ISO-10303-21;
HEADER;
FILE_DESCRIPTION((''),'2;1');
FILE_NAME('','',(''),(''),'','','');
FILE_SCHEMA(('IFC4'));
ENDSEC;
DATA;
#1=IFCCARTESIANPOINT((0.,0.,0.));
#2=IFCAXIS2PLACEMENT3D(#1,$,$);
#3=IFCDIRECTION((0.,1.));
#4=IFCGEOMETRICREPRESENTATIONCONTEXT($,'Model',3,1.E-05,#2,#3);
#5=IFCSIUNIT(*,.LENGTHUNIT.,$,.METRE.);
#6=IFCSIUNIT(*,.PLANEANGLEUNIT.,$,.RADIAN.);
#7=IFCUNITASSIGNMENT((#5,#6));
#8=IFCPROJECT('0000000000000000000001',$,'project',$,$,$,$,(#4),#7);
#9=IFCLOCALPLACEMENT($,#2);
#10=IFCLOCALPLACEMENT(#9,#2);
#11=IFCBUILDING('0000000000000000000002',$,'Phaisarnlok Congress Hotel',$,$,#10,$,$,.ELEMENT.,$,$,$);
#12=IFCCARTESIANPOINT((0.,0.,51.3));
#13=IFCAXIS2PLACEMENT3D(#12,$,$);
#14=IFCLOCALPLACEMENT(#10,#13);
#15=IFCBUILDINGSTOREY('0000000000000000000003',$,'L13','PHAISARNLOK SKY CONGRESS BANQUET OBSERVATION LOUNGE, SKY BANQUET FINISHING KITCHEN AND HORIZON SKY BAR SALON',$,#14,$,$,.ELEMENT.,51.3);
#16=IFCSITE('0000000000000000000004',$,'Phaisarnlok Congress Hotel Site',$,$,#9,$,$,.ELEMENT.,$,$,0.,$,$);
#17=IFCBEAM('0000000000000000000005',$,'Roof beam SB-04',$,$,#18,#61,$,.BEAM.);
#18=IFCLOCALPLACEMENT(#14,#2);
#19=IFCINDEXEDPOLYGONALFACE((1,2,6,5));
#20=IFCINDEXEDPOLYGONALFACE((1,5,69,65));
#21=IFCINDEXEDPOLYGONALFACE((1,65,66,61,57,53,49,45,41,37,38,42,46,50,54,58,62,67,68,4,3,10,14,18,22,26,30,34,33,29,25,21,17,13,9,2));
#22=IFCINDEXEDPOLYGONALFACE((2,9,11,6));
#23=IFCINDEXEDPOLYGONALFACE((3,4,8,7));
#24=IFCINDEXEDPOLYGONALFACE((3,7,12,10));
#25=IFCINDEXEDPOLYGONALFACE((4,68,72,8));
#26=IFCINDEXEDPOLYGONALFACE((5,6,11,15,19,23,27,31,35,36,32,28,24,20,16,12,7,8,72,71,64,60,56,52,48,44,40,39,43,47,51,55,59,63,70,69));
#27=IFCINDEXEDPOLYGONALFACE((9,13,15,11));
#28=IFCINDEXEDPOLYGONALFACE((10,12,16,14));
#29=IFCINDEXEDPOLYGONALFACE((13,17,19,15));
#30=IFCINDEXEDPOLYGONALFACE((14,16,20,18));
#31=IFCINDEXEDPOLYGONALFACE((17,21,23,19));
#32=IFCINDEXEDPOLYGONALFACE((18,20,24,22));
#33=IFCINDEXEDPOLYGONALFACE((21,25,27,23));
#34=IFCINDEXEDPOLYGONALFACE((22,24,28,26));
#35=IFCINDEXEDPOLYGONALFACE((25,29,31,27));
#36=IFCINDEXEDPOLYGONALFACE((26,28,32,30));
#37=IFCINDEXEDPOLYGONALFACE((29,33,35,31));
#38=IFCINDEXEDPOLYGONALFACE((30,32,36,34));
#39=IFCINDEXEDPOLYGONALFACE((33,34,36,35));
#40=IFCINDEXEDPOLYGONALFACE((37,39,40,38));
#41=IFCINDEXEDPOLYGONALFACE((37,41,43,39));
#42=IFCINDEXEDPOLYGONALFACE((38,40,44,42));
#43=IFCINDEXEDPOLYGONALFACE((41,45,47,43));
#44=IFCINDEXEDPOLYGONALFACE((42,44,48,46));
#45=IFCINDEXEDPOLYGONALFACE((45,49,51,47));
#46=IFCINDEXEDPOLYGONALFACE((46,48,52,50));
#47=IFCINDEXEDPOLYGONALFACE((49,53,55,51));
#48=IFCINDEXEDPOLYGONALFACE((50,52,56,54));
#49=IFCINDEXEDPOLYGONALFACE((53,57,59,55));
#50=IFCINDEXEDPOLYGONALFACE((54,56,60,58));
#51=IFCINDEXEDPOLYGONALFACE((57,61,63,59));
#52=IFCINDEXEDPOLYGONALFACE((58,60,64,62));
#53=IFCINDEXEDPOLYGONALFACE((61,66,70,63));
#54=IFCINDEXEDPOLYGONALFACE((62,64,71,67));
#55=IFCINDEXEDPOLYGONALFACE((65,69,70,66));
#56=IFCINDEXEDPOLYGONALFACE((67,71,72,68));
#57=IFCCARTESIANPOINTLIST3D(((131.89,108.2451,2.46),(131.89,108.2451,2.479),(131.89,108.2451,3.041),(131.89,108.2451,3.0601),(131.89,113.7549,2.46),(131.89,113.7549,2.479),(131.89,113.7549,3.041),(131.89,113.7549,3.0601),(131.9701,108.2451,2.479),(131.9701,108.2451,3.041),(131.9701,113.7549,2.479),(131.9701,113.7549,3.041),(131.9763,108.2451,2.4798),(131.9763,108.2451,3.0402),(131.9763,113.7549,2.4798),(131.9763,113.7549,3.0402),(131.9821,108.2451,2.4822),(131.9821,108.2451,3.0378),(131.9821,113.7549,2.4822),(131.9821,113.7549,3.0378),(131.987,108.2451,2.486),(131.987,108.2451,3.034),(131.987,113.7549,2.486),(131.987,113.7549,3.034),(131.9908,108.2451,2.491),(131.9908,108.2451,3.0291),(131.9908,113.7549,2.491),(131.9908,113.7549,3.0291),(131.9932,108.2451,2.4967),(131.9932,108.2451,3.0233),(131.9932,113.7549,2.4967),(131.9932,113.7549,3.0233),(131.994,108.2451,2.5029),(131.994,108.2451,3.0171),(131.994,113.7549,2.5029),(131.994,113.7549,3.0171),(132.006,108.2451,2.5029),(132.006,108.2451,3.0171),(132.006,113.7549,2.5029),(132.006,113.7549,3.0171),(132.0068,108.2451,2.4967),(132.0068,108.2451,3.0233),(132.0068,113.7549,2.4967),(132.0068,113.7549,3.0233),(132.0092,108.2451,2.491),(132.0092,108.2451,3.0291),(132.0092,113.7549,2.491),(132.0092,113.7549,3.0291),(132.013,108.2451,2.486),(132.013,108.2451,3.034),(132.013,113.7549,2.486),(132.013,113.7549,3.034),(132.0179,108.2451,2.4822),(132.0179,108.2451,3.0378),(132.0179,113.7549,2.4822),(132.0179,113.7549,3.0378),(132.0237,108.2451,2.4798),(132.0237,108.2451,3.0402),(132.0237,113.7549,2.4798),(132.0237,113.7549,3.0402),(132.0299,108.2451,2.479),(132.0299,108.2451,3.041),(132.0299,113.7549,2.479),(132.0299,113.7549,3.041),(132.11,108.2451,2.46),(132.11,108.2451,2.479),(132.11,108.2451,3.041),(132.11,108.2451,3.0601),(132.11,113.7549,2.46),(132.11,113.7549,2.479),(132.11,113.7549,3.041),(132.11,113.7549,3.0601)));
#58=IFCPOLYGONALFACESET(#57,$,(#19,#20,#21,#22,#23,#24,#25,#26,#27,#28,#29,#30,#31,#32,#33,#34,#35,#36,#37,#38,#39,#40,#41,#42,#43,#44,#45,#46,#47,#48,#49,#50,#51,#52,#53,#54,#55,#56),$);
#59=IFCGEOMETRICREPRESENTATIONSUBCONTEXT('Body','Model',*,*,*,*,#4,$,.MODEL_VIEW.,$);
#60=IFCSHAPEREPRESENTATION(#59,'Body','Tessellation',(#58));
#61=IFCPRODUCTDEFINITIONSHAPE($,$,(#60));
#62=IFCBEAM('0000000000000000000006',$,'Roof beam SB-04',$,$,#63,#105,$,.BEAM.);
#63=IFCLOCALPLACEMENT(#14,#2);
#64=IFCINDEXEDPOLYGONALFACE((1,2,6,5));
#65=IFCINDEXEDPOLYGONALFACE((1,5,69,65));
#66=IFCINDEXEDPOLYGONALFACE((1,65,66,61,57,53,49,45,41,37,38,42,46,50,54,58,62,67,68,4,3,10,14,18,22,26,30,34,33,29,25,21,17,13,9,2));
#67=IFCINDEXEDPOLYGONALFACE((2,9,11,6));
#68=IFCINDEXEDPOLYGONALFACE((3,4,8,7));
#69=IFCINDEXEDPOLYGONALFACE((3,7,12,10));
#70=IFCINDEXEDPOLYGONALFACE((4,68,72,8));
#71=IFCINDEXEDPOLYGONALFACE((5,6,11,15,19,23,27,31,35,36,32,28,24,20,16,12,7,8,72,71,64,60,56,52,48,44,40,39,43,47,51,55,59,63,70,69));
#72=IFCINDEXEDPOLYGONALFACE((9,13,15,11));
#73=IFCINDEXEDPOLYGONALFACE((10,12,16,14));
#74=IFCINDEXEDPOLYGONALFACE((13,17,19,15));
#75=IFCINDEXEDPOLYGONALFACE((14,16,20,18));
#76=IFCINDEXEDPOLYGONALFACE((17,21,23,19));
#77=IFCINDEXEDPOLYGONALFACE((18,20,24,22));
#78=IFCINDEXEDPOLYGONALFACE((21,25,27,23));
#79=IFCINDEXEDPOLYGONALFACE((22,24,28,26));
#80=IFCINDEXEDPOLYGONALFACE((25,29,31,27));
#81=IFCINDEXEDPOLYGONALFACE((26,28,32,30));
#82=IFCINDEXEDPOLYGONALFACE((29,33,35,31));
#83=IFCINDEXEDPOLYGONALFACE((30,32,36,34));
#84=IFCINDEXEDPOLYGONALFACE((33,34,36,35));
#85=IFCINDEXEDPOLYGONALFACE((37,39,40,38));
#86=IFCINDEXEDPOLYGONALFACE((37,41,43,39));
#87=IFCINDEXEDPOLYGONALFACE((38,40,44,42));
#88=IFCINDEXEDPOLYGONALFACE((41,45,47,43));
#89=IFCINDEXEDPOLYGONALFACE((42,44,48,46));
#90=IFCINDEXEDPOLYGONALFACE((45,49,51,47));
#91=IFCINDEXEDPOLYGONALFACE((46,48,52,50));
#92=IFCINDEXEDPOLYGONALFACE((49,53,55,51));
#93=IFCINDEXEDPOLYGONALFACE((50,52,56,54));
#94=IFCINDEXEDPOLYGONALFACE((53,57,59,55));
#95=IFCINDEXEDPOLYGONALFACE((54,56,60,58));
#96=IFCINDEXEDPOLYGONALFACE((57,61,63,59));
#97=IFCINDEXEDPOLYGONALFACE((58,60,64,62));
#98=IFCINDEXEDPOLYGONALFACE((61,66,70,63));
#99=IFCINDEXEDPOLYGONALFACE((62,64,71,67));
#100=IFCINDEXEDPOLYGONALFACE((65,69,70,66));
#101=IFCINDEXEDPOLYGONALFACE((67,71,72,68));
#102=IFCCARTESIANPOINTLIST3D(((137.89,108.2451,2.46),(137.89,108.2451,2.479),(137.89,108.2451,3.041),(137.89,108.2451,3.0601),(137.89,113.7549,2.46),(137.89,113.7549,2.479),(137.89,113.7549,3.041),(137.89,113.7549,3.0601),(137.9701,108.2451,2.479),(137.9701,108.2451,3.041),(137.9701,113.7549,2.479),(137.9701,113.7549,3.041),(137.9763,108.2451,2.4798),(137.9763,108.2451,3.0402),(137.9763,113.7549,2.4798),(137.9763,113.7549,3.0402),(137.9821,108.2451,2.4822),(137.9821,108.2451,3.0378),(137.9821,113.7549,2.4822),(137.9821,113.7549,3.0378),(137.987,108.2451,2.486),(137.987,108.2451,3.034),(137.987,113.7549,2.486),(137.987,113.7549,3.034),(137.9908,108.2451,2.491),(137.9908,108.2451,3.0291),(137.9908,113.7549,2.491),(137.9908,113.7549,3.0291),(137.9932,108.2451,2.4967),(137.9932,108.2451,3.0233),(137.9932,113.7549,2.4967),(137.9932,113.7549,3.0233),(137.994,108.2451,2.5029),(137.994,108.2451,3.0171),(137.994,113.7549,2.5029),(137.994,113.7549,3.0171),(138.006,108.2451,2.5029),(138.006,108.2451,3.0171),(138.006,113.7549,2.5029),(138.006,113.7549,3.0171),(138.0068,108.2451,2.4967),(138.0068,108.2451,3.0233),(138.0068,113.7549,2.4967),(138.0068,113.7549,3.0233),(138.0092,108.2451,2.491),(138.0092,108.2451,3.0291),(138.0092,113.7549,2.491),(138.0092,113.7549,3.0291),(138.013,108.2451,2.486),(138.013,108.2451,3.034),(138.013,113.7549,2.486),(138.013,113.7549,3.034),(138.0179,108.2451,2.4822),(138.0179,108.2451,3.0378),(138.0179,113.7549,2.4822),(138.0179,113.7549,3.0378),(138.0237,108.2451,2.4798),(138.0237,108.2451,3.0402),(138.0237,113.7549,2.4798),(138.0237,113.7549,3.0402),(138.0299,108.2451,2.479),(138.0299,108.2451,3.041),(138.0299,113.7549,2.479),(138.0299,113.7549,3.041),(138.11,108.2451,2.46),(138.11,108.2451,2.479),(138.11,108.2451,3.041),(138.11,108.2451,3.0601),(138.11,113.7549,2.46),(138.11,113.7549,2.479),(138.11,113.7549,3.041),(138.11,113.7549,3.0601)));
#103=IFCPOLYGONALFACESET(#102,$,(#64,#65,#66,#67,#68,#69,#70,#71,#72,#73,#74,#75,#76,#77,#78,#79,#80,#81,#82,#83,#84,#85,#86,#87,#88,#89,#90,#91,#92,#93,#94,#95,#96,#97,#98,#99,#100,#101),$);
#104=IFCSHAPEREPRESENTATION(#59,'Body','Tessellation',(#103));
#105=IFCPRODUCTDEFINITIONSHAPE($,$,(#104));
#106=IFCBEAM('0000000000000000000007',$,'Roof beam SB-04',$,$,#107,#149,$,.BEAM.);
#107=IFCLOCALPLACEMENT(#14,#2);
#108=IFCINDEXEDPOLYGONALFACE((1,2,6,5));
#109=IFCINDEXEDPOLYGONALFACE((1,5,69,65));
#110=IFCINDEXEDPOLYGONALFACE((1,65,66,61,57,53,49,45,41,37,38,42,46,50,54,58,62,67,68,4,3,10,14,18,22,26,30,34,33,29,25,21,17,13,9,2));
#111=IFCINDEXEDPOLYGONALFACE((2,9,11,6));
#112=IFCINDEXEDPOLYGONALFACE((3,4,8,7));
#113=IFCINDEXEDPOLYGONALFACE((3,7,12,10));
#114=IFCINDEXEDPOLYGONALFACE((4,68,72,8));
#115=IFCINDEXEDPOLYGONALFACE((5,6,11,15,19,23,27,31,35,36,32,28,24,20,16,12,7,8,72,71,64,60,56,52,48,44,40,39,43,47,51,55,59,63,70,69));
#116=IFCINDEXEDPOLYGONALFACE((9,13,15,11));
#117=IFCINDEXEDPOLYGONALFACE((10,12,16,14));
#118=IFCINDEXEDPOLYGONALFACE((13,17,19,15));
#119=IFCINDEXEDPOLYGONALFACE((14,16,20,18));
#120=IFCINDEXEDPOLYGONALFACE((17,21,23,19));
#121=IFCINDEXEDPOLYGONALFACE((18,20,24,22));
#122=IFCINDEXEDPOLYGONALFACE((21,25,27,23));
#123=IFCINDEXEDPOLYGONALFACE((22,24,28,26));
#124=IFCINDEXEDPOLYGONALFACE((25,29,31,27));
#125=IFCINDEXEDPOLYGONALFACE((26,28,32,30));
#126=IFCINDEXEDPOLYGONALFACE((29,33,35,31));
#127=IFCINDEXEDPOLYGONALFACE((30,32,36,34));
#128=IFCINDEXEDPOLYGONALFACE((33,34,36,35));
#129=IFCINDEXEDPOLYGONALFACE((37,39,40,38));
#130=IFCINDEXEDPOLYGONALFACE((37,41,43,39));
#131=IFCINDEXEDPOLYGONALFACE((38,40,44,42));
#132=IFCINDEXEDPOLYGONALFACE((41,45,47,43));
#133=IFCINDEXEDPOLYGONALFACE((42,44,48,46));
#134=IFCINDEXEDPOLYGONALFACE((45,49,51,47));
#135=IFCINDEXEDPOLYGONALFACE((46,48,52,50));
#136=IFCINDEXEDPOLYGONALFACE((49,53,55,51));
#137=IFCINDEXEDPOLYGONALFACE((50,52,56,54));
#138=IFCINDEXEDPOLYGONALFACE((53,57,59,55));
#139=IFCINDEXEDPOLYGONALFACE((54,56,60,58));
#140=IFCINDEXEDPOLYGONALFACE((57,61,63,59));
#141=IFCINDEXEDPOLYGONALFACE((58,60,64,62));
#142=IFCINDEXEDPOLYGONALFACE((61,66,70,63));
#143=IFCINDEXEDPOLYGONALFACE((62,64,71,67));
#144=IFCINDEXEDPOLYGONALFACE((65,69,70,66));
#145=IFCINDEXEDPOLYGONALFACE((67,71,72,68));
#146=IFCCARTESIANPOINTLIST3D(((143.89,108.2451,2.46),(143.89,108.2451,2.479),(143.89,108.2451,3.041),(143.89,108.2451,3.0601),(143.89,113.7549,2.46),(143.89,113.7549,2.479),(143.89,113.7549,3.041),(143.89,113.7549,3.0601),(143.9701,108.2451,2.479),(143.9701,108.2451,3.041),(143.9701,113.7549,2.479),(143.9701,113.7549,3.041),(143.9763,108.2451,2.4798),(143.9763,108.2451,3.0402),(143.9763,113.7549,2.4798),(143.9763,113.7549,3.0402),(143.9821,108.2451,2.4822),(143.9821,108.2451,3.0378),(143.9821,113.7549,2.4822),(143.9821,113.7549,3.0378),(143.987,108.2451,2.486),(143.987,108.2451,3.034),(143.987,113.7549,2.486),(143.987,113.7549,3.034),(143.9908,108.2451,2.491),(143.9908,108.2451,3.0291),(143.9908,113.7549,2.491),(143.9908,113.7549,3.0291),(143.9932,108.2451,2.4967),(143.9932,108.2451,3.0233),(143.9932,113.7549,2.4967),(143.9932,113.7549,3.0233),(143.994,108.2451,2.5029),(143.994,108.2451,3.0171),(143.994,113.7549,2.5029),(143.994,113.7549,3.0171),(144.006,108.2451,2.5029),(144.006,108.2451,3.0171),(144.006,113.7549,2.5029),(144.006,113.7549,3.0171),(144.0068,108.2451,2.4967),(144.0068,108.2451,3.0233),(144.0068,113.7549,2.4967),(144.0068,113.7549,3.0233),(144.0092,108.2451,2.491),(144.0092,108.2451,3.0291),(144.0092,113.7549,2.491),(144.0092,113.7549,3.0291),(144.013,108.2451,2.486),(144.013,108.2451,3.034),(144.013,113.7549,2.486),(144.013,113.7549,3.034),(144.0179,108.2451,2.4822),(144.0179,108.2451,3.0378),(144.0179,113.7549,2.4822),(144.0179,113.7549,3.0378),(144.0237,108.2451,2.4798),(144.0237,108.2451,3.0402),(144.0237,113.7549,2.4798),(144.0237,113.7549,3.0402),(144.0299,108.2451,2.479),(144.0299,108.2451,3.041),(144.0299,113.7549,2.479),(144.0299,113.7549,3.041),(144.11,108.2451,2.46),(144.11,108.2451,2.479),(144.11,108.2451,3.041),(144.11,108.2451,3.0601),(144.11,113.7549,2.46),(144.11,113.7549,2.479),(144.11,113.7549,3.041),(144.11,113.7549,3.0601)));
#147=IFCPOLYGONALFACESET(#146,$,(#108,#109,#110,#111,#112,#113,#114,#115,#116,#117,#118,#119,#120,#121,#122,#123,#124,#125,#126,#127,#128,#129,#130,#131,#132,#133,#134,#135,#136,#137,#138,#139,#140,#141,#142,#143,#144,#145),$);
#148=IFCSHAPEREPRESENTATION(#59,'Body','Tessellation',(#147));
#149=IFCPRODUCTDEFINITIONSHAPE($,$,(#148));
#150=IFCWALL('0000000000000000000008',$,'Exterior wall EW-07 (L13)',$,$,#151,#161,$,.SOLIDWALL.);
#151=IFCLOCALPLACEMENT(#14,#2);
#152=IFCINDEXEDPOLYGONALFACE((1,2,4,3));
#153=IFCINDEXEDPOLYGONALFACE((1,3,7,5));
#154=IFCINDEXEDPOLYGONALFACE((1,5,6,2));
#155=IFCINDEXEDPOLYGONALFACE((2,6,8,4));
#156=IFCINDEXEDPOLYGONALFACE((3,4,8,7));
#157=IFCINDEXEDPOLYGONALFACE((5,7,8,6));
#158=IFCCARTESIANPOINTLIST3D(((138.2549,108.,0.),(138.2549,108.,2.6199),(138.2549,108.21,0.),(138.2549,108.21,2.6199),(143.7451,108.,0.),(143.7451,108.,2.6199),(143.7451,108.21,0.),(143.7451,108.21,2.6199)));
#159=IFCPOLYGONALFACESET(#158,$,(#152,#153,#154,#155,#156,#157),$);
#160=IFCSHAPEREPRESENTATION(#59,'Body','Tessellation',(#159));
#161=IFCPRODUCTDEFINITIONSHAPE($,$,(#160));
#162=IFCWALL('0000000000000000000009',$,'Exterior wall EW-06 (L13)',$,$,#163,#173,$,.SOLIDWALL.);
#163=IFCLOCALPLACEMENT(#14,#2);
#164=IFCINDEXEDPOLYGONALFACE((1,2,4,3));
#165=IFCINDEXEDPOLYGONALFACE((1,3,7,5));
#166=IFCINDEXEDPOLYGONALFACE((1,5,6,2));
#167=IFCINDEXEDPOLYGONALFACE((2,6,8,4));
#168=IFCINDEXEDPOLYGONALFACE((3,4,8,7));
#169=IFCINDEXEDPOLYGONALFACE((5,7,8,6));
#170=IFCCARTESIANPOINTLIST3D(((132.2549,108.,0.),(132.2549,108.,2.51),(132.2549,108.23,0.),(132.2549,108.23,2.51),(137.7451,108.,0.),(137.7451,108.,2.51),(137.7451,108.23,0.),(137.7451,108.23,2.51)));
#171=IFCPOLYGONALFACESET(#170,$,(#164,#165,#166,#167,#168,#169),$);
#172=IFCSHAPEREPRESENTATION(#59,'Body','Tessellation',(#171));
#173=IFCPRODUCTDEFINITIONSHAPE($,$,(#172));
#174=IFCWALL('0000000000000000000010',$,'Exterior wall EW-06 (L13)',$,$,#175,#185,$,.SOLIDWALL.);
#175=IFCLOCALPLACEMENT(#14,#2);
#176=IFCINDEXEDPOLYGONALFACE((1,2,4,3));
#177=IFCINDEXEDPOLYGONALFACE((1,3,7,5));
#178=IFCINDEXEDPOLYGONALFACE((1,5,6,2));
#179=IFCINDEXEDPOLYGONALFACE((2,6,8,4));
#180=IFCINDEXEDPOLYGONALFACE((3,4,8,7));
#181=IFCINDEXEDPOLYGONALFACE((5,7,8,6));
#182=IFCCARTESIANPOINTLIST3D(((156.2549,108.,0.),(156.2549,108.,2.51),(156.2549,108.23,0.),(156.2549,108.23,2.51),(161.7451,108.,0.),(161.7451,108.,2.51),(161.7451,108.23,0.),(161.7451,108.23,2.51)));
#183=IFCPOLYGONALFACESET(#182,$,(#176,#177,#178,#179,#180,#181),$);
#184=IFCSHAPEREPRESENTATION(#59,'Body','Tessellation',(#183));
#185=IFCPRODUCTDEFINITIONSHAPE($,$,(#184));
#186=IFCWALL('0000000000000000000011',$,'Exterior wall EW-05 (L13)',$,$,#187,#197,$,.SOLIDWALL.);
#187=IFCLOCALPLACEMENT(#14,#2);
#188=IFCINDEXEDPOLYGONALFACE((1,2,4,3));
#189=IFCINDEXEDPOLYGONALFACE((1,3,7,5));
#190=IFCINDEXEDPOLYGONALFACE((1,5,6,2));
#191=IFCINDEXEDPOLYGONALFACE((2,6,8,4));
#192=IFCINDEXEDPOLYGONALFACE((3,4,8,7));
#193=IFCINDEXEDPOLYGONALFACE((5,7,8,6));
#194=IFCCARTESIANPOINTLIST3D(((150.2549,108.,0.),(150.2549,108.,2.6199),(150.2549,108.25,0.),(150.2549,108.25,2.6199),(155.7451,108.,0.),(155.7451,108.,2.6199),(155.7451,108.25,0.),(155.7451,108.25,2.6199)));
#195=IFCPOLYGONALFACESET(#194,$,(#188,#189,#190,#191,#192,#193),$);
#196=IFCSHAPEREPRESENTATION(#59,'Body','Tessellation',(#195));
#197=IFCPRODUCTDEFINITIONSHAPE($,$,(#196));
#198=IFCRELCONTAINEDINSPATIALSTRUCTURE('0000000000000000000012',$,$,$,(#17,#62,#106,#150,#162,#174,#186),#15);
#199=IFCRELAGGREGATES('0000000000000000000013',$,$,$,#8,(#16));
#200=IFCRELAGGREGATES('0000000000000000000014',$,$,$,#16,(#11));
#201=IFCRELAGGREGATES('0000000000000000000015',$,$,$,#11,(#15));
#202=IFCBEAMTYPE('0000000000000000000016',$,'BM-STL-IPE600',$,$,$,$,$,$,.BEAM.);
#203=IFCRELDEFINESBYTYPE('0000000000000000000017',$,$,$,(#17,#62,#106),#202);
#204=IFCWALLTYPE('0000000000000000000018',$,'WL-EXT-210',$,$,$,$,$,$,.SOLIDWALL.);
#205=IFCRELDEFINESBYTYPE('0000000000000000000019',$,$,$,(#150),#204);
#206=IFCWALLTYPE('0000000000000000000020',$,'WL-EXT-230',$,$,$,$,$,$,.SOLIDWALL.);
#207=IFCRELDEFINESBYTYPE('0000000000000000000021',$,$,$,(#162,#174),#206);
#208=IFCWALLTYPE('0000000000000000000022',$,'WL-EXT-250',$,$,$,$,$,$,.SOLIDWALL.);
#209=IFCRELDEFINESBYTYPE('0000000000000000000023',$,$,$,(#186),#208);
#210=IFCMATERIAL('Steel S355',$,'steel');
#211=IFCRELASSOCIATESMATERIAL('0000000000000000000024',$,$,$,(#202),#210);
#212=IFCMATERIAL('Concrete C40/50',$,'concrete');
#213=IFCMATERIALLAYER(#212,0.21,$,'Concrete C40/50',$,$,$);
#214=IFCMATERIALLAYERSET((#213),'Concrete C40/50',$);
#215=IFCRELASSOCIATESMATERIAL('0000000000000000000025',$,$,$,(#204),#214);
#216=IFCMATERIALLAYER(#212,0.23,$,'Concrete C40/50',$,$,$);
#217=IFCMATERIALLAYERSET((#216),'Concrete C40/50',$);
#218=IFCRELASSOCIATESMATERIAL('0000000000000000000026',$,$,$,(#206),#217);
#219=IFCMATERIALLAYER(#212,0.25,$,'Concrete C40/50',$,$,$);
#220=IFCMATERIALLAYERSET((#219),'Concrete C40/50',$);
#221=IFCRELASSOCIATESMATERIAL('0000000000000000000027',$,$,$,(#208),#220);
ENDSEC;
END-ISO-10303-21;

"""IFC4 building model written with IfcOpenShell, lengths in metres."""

from ifc_helpers import new_model, si_unit, direction, frame, frame_2d, origin, origin_2d, place, context, subcontext, project, spatial, rectangle, i_section, extrude, material, layer, layer_set, material_profile, profile_set, type_object, element, save


model = new_model("IFC4")

# Units and contexts
model_context = context("Model", 3, precision=1e-05, world=origin(), true_north=direction((0.0, 1.0)))
body_context = subcontext(model_context, "Body", "Model", "MODEL_VIEW")
ifc_project = project(units=[si_unit("LENGTHUNIT", "METRE"), si_unit("PLANEANGLEUNIT", "RADIAN")], contexts=[model_context])

# Site, building, storey
site_placement = place(None, origin())
site = spatial("IfcSite", under=ifc_project, at=site_placement, Name="Phaisarnlok Congress Hotel Site", CompositionType="ELEMENT", RefElevation=0.0)
building_placement = place(site_placement, origin())
building = spatial("IfcBuilding", under=site, at=building_placement, Name="Phaisarnlok Congress Hotel", CompositionType="ELEMENT")
storey_placement = place(building_placement, frame((0.0, 0.0, 51.3)))
storey = spatial("IfcBuildingStorey", under=building, at=storey_placement, Name="L13", Description="PHAISARNLOK SKY CONGRESS BANQUET OBSERVATION LOUNGE, SKY BANQUET FINISHING KITCHEN AND HORIZON SKY BAR SALON", CompositionType="ELEMENT", Elevation=51.3)

# Beams
ifc_material_1 = material(Name="Steel S355", Category="steel")
ifc_material_profile_1 = material_profile(ifc_material_1, i_section(OverallWidth=0.22, OverallDepth=0.6001, WebThickness=0.012, FlangeThickness=0.019, FilletRadius=0.0239, at=origin_2d()), Name="IPE 600")
ifc_profile_set_1 = profile_set([ifc_material_profile_1], Name="Steel S355")
beam_type_1 = type_object("IfcBeamType", Name="BM-STL-IPE600", PredefinedType="BEAM", material=ifc_profile_set_1)
for number, where, z_axis, x_axis, name in (
    (1, (132.0, 108.2451, 2.76), (0.0, 1.0, 0.0), (-1.0, 0.0, 0.0), "Roof beam SB-04"),
    (2, (138.0, 108.2451, 2.76), (0.0, 1.0, 0.0), (-1.0, 0.0, 0.0), "Roof beam SB-04"),
    (3, (144.0, 108.2451, 2.76), (0.0, 1.0, 0.0), (-1.0, 0.0, 0.0), "Roof beam SB-04"),
):
    element("IfcBeam", number, at=place(storey_placement, frame(where, z_axis=z_axis, x_axis=x_axis)), inside=storey, type_object=beam_type_1, Name=name, PredefinedType="BEAM", context=body_context, shape_type="SweptSolid", body=[
        extrude(i_section(OverallWidth=0.22, OverallDepth=0.6001, WebThickness=0.012, FlangeThickness=0.019, FilletRadius=0.0239, at=origin_2d()), origin(), (0.0, 0.0, 1.0), 5.5098),
    ])

# Walls
ifc_material_2 = material(Name="Concrete C40/50", Category="concrete")
ifc_layer_1 = layer(ifc_material_2, 0.21, Name="Concrete C40/50")
ifc_layer_set_1 = layer_set([ifc_layer_1], Name="Concrete C40/50")
wall_type_1 = type_object("IfcWallType", Name="WL-EXT-210", PredefinedType="SOLIDWALL", material=ifc_layer_set_1)
wall_1_placement = place(storey_placement, frame((138.2549, 108.105, 0.0), z_axis=(0.0, 0.0, 1.0), x_axis=(1.0, 0.0, 0.0)))
element("IfcWall", 4, at=wall_1_placement, inside=storey, type_object=wall_type_1, Name="Exterior wall EW-07 (L13)", PredefinedType="SOLIDWALL", context=body_context, shape_type="SweptSolid", body=[
    extrude(rectangle(XDim=5.4902, YDim=0.21, at=frame_2d((2.7451, 0.0))), origin(), (0.0, 0.0, 1.0), 2.6199),
])
ifc_layer_2 = layer(ifc_material_2, 0.23, Name="Concrete C40/50")
ifc_layer_set_2 = layer_set([ifc_layer_2], Name="Concrete C40/50")
wall_type_2 = type_object("IfcWallType", Name="WL-EXT-230", PredefinedType="SOLIDWALL", material=ifc_layer_set_2)
for number, where, z_axis, x_axis, name in (
    (5, (132.2549, 108.115, 0.0), (0.0, 0.0, 1.0), (1.0, 0.0, 0.0), "Exterior wall EW-06 (L13)"),
    (6, (156.2549, 108.115, 0.0), (0.0, 0.0, 1.0), (1.0, 0.0, 0.0), "Exterior wall EW-06 (L13)"),
):
    element("IfcWall", number, at=place(storey_placement, frame(where, z_axis=z_axis, x_axis=x_axis)), inside=storey, type_object=wall_type_2, Name=name, PredefinedType="SOLIDWALL", context=body_context, shape_type="SweptSolid", body=[
        extrude(rectangle(XDim=5.4902, YDim=0.23, at=frame_2d((2.7451, 0.0))), origin(), (0.0, 0.0, 1.0), 2.51),
    ])
ifc_layer_3 = layer(ifc_material_2, 0.25, Name="Concrete C40/50")
ifc_layer_set_3 = layer_set([ifc_layer_3], Name="Concrete C40/50")
wall_type_3 = type_object("IfcWallType", Name="WL-EXT-250", PredefinedType="SOLIDWALL", material=ifc_layer_set_3)
wall_2_placement = place(storey_placement, frame((150.2549, 108.125, 0.0), z_axis=(0.0, 0.0, 1.0), x_axis=(1.0, 0.0, 0.0)))
element("IfcWall", 7, at=wall_2_placement, inside=storey, type_object=wall_type_3, Name="Exterior wall EW-05 (L13)", PredefinedType="SOLIDWALL", context=body_context, shape_type="SweptSolid", body=[
    extrude(rectangle(XDim=5.4902, YDim=0.25, at=frame_2d((2.7451, 0.0))), origin(), (0.0, 0.0, 1.0), 2.6199),
])

save(model, "model.ifc")
